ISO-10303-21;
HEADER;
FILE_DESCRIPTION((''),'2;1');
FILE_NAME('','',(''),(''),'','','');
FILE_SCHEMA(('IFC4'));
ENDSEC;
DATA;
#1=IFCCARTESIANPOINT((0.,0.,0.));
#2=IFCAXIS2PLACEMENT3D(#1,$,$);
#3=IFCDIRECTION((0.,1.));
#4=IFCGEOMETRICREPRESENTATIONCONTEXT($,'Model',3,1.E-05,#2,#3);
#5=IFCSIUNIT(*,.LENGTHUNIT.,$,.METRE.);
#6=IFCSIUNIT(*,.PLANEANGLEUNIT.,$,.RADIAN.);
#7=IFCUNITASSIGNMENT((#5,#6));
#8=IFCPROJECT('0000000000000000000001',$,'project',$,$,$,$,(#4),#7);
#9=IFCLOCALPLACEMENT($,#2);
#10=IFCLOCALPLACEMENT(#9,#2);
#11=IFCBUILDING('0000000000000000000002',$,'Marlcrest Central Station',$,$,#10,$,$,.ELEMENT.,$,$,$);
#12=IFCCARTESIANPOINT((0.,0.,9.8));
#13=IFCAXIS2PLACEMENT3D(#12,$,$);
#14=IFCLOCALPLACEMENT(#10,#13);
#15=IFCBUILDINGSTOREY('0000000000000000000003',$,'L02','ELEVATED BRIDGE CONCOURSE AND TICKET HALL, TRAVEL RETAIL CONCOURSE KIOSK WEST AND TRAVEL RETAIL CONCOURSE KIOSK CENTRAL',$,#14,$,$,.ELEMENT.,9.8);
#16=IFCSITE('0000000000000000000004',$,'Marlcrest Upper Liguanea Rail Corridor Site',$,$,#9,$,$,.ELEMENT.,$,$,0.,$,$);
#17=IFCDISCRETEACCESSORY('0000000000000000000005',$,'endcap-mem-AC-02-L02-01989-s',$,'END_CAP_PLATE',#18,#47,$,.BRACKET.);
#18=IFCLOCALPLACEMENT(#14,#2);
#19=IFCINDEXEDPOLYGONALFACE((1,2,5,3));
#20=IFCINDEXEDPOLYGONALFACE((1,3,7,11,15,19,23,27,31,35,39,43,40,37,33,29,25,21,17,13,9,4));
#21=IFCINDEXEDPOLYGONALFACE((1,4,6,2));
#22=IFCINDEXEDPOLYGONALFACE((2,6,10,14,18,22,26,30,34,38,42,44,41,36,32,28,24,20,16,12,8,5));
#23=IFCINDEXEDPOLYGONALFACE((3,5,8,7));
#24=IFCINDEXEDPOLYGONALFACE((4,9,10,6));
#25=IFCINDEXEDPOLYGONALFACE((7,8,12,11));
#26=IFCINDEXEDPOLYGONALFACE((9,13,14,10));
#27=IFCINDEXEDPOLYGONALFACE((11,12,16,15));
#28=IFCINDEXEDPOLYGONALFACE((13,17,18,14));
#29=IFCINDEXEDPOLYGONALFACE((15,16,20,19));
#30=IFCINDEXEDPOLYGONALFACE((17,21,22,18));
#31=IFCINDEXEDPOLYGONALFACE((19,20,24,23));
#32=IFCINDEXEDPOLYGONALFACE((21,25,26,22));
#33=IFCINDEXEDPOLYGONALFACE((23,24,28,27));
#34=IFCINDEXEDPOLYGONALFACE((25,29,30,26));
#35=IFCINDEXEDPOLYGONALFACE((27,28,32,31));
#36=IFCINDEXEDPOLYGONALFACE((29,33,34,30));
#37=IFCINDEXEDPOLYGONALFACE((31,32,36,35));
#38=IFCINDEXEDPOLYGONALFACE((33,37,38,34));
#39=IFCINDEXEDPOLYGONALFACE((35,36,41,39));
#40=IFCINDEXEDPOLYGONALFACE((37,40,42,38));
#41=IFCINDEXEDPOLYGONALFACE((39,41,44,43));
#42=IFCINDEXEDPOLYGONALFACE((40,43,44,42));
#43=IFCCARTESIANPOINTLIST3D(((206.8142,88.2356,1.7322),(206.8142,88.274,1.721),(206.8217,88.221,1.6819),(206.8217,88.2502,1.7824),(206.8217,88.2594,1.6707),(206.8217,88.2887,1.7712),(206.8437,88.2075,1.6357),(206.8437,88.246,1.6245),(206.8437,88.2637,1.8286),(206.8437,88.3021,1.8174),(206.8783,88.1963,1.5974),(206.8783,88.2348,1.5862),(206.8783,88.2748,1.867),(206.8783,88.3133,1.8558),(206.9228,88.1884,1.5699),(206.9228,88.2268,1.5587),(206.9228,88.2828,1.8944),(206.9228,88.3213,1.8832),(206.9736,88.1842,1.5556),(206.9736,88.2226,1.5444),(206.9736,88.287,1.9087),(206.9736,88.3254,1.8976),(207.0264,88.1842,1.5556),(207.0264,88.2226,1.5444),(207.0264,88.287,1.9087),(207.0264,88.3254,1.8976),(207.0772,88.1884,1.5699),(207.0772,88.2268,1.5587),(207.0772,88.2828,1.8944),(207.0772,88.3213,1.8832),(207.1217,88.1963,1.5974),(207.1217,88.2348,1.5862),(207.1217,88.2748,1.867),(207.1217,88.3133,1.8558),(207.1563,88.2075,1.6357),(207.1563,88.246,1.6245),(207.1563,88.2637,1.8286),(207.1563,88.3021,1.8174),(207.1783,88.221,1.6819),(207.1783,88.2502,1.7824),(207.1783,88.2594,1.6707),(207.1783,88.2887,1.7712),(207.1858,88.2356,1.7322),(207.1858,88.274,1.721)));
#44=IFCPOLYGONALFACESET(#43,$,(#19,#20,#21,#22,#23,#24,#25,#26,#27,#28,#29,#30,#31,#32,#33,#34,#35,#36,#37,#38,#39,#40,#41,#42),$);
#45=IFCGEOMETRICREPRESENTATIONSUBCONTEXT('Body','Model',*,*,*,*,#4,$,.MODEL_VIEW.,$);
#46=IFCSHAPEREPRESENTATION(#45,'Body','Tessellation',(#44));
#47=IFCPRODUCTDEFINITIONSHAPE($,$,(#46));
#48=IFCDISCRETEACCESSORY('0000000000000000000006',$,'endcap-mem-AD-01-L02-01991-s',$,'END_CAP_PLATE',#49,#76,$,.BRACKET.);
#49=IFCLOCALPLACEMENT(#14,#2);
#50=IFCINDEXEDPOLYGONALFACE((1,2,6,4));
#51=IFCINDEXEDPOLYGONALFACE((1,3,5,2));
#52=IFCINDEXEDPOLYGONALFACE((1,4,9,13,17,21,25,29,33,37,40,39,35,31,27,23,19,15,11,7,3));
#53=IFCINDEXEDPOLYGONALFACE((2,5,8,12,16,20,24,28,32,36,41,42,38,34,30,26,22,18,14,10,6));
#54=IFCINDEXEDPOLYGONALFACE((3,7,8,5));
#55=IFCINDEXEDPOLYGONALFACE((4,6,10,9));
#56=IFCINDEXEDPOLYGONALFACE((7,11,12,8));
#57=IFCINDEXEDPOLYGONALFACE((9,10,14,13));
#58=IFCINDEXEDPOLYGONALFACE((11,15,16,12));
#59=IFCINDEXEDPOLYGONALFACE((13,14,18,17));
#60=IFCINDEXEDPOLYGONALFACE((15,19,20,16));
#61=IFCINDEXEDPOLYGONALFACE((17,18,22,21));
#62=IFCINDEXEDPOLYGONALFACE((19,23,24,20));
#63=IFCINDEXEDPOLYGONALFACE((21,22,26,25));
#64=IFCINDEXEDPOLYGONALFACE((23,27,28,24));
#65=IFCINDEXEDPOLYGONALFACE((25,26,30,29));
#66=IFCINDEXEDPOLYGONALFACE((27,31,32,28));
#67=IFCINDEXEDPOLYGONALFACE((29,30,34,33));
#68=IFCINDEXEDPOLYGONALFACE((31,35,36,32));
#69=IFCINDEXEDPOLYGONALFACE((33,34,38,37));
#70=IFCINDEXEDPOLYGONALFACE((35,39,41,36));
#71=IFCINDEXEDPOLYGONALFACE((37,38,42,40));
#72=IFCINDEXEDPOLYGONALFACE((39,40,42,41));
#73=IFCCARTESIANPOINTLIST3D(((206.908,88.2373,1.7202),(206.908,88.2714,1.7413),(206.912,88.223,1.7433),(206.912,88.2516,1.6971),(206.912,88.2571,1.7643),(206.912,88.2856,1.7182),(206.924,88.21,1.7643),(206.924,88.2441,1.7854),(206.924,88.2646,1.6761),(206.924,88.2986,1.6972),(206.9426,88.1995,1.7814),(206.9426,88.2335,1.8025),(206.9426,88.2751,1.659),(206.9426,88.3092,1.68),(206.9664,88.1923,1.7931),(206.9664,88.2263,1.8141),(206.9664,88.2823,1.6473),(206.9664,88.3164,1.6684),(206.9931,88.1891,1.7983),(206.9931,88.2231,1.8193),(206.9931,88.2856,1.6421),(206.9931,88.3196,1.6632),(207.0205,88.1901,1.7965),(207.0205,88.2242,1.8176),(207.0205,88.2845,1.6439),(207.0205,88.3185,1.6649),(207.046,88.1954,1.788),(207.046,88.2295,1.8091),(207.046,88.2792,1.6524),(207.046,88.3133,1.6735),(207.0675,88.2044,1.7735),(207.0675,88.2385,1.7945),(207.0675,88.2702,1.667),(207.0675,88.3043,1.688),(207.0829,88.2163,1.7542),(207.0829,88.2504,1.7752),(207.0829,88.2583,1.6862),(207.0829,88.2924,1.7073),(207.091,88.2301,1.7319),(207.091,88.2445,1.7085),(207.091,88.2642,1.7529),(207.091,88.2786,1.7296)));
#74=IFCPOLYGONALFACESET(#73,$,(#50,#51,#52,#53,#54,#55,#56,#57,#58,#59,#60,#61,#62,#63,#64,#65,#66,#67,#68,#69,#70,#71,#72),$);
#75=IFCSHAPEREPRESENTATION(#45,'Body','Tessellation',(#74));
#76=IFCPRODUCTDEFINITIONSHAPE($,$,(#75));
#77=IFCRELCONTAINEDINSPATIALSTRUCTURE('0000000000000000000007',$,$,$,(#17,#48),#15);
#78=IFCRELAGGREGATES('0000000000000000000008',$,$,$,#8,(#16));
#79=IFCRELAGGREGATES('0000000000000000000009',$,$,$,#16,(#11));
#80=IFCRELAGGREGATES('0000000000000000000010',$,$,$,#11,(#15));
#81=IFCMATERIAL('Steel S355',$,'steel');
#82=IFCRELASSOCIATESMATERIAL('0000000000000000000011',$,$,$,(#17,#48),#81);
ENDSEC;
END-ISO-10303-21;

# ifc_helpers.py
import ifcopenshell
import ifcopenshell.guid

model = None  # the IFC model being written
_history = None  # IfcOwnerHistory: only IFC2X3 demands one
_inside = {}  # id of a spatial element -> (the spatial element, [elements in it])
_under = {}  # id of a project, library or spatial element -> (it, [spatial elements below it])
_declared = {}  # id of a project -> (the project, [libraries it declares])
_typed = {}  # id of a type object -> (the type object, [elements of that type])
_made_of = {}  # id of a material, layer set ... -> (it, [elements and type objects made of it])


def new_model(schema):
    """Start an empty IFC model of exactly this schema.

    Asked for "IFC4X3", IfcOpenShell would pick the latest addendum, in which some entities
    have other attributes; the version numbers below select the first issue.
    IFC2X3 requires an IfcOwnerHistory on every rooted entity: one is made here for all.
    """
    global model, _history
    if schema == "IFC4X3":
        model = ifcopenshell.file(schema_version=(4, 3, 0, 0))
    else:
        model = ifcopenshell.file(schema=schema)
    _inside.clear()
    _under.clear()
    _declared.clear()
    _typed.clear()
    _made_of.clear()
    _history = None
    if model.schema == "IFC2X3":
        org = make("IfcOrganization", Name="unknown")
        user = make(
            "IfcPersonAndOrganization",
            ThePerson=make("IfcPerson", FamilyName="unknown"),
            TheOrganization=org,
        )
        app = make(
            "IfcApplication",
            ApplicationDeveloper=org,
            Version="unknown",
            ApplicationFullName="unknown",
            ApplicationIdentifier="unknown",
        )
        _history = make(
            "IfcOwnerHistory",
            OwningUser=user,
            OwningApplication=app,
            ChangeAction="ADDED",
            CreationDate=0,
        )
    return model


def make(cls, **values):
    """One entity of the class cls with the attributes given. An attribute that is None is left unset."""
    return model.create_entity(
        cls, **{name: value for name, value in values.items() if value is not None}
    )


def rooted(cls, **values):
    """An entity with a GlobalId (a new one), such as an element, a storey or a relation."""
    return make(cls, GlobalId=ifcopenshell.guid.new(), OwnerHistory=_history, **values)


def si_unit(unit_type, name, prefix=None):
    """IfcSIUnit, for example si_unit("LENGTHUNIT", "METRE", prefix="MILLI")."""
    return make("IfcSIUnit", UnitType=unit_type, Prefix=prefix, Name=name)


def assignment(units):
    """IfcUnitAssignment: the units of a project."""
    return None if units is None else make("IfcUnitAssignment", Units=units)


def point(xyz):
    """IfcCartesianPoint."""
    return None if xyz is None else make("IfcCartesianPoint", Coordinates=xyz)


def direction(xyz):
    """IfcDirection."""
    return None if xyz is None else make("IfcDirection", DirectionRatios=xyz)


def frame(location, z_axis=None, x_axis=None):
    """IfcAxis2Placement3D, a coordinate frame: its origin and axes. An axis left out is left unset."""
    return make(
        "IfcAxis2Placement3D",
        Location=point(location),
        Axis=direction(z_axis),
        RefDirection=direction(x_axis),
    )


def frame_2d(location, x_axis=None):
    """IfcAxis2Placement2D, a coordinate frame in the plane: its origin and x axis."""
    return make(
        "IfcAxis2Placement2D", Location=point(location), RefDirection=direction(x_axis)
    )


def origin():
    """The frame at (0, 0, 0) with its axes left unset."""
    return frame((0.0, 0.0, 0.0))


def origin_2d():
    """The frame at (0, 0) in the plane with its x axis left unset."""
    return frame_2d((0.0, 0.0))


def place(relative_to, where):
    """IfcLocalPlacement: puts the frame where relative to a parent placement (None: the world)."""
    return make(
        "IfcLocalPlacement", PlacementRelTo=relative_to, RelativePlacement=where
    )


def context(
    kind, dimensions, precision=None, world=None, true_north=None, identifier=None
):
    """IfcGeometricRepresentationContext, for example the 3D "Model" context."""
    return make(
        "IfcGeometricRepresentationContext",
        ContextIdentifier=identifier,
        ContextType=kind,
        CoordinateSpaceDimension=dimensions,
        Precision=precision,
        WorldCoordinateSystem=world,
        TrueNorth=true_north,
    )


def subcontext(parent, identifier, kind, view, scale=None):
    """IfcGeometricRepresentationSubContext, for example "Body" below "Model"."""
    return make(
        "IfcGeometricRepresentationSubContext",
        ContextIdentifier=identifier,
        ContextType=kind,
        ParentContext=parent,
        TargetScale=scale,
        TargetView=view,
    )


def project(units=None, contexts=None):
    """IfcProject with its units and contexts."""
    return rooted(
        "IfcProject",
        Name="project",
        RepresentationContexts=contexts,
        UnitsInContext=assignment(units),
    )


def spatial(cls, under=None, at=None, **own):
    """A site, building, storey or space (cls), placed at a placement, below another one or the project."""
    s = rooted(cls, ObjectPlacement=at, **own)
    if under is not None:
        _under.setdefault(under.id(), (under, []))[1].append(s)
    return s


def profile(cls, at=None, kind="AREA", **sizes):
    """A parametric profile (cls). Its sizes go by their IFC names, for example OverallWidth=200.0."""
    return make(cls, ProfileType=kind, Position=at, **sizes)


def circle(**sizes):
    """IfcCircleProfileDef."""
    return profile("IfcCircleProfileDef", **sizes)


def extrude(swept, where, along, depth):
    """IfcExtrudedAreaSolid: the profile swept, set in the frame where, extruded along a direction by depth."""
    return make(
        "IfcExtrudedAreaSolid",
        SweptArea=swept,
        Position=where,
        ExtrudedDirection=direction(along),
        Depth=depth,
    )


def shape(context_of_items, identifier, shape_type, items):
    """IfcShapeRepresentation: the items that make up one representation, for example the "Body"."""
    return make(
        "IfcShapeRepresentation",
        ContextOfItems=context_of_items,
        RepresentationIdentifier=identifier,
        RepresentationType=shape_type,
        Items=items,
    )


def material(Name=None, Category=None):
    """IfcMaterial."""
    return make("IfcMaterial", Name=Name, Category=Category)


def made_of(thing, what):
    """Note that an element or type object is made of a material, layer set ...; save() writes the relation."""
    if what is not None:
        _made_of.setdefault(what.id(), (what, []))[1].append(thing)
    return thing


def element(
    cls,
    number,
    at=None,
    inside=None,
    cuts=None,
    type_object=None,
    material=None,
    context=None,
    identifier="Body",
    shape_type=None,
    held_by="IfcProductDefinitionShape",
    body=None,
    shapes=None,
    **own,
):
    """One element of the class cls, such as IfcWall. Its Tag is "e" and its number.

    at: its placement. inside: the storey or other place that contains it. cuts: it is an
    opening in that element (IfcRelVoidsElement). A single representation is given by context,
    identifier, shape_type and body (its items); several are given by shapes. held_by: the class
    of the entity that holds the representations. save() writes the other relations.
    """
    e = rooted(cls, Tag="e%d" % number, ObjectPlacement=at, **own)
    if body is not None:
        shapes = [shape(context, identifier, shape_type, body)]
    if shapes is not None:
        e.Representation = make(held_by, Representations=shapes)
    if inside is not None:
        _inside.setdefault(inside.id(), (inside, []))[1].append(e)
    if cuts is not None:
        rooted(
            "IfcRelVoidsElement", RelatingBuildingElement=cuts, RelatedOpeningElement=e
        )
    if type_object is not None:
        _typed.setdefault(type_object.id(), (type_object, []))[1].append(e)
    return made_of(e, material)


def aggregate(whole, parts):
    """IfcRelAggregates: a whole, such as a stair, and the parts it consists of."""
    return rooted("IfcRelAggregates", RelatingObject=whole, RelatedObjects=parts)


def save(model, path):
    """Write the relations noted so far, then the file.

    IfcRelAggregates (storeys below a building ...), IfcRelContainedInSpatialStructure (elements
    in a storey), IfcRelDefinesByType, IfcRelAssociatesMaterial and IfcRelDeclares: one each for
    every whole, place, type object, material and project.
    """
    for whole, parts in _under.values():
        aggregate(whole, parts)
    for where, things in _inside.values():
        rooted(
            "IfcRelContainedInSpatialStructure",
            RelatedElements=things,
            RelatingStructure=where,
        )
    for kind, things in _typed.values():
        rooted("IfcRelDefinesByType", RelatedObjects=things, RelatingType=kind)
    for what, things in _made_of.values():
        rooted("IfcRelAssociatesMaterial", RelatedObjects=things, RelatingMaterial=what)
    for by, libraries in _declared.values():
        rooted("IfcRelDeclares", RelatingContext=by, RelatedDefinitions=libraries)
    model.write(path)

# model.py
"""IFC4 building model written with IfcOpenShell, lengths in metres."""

from ifc_helpers import new_model, si_unit, direction, frame, origin, origin_2d, place, context, subcontext, project, spatial, circle, extrude, material, element, save


model = new_model("IFC4")

# Units and contexts
model_context = context("Model", 3, precision=1e-05, world=origin(), true_north=direction((0.0, 1.0)))
body_context = subcontext(model_context, "Body", "Model", "MODEL_VIEW")
ifc_project = project(units=[si_unit("LENGTHUNIT", "METRE"), si_unit("PLANEANGLEUNIT", "RADIAN")], contexts=[model_context])

# Site, building, storey
site_placement = place(None, origin())
site = spatial("IfcSite", under=ifc_project, at=site_placement, Name="Marlcrest Upper Liguanea Rail Corridor Site", CompositionType="ELEMENT", RefElevation=0.0)
building_placement = place(site_placement, origin())
building = spatial("IfcBuilding", under=site, at=building_placement, Name="Marlcrest Central Station", CompositionType="ELEMENT")
storey_placement = place(building_placement, frame((0.0, 0.0, 9.8)))
storey = spatial("IfcBuildingStorey", under=building, at=storey_placement, Name="L02", Description="ELEVATED BRIDGE CONCOURSE AND TICKET HALL, TRAVEL RETAIL CONCOURSE KIOSK WEST AND TRAVEL RETAIL CONCOURSE KIOSK CENTRAL", CompositionType="ELEMENT", Elevation=9.8)

# Shared definitions
ifc_material_1 = material(Name="Steel S355", Category="steel")

# Discrete accessories
discrete_accessory_1_placement = place(storey_placement, frame((207.0, 88.2356, 1.7322), z_axis=(0.0, 0.96013, -0.279554), x_axis=(-1.0, 0.0, 0.0)))
element("IfcDiscreteAccessory", 1, at=discrete_accessory_1_placement, inside=storey, material=ifc_material_1, Name="endcap-mem-AC-02-L02-01989-s", ObjectType="END_CAP_PLATE", PredefinedType="BRACKET", context=body_context, shape_type="SweptSolid", body=[
    extrude(circle(Radius=0.1858, at=origin_2d()), origin(), (0.0, 0.0, 1.0), 0.04),
])
discrete_accessory_2_placement = place(storey_placement, frame((207.0, 88.2373, 1.7202), z_axis=(0.0, 0.850687, 0.525672), x_axis=(-1.0, 0.0, 0.0)))
element("IfcDiscreteAccessory", 2, at=discrete_accessory_2_placement, inside=storey, material=ifc_material_1, Name="endcap-mem-AD-01-L02-01991-s", ObjectType="END_CAP_PLATE", PredefinedType="BRACKET", context=body_context, shape_type="SweptSolid", body=[
    extrude(circle(Radius=0.092, at=origin_2d()), origin(), (0.0, 0.0, 1.0), 0.04),
])

save(model, "model.ifc")
